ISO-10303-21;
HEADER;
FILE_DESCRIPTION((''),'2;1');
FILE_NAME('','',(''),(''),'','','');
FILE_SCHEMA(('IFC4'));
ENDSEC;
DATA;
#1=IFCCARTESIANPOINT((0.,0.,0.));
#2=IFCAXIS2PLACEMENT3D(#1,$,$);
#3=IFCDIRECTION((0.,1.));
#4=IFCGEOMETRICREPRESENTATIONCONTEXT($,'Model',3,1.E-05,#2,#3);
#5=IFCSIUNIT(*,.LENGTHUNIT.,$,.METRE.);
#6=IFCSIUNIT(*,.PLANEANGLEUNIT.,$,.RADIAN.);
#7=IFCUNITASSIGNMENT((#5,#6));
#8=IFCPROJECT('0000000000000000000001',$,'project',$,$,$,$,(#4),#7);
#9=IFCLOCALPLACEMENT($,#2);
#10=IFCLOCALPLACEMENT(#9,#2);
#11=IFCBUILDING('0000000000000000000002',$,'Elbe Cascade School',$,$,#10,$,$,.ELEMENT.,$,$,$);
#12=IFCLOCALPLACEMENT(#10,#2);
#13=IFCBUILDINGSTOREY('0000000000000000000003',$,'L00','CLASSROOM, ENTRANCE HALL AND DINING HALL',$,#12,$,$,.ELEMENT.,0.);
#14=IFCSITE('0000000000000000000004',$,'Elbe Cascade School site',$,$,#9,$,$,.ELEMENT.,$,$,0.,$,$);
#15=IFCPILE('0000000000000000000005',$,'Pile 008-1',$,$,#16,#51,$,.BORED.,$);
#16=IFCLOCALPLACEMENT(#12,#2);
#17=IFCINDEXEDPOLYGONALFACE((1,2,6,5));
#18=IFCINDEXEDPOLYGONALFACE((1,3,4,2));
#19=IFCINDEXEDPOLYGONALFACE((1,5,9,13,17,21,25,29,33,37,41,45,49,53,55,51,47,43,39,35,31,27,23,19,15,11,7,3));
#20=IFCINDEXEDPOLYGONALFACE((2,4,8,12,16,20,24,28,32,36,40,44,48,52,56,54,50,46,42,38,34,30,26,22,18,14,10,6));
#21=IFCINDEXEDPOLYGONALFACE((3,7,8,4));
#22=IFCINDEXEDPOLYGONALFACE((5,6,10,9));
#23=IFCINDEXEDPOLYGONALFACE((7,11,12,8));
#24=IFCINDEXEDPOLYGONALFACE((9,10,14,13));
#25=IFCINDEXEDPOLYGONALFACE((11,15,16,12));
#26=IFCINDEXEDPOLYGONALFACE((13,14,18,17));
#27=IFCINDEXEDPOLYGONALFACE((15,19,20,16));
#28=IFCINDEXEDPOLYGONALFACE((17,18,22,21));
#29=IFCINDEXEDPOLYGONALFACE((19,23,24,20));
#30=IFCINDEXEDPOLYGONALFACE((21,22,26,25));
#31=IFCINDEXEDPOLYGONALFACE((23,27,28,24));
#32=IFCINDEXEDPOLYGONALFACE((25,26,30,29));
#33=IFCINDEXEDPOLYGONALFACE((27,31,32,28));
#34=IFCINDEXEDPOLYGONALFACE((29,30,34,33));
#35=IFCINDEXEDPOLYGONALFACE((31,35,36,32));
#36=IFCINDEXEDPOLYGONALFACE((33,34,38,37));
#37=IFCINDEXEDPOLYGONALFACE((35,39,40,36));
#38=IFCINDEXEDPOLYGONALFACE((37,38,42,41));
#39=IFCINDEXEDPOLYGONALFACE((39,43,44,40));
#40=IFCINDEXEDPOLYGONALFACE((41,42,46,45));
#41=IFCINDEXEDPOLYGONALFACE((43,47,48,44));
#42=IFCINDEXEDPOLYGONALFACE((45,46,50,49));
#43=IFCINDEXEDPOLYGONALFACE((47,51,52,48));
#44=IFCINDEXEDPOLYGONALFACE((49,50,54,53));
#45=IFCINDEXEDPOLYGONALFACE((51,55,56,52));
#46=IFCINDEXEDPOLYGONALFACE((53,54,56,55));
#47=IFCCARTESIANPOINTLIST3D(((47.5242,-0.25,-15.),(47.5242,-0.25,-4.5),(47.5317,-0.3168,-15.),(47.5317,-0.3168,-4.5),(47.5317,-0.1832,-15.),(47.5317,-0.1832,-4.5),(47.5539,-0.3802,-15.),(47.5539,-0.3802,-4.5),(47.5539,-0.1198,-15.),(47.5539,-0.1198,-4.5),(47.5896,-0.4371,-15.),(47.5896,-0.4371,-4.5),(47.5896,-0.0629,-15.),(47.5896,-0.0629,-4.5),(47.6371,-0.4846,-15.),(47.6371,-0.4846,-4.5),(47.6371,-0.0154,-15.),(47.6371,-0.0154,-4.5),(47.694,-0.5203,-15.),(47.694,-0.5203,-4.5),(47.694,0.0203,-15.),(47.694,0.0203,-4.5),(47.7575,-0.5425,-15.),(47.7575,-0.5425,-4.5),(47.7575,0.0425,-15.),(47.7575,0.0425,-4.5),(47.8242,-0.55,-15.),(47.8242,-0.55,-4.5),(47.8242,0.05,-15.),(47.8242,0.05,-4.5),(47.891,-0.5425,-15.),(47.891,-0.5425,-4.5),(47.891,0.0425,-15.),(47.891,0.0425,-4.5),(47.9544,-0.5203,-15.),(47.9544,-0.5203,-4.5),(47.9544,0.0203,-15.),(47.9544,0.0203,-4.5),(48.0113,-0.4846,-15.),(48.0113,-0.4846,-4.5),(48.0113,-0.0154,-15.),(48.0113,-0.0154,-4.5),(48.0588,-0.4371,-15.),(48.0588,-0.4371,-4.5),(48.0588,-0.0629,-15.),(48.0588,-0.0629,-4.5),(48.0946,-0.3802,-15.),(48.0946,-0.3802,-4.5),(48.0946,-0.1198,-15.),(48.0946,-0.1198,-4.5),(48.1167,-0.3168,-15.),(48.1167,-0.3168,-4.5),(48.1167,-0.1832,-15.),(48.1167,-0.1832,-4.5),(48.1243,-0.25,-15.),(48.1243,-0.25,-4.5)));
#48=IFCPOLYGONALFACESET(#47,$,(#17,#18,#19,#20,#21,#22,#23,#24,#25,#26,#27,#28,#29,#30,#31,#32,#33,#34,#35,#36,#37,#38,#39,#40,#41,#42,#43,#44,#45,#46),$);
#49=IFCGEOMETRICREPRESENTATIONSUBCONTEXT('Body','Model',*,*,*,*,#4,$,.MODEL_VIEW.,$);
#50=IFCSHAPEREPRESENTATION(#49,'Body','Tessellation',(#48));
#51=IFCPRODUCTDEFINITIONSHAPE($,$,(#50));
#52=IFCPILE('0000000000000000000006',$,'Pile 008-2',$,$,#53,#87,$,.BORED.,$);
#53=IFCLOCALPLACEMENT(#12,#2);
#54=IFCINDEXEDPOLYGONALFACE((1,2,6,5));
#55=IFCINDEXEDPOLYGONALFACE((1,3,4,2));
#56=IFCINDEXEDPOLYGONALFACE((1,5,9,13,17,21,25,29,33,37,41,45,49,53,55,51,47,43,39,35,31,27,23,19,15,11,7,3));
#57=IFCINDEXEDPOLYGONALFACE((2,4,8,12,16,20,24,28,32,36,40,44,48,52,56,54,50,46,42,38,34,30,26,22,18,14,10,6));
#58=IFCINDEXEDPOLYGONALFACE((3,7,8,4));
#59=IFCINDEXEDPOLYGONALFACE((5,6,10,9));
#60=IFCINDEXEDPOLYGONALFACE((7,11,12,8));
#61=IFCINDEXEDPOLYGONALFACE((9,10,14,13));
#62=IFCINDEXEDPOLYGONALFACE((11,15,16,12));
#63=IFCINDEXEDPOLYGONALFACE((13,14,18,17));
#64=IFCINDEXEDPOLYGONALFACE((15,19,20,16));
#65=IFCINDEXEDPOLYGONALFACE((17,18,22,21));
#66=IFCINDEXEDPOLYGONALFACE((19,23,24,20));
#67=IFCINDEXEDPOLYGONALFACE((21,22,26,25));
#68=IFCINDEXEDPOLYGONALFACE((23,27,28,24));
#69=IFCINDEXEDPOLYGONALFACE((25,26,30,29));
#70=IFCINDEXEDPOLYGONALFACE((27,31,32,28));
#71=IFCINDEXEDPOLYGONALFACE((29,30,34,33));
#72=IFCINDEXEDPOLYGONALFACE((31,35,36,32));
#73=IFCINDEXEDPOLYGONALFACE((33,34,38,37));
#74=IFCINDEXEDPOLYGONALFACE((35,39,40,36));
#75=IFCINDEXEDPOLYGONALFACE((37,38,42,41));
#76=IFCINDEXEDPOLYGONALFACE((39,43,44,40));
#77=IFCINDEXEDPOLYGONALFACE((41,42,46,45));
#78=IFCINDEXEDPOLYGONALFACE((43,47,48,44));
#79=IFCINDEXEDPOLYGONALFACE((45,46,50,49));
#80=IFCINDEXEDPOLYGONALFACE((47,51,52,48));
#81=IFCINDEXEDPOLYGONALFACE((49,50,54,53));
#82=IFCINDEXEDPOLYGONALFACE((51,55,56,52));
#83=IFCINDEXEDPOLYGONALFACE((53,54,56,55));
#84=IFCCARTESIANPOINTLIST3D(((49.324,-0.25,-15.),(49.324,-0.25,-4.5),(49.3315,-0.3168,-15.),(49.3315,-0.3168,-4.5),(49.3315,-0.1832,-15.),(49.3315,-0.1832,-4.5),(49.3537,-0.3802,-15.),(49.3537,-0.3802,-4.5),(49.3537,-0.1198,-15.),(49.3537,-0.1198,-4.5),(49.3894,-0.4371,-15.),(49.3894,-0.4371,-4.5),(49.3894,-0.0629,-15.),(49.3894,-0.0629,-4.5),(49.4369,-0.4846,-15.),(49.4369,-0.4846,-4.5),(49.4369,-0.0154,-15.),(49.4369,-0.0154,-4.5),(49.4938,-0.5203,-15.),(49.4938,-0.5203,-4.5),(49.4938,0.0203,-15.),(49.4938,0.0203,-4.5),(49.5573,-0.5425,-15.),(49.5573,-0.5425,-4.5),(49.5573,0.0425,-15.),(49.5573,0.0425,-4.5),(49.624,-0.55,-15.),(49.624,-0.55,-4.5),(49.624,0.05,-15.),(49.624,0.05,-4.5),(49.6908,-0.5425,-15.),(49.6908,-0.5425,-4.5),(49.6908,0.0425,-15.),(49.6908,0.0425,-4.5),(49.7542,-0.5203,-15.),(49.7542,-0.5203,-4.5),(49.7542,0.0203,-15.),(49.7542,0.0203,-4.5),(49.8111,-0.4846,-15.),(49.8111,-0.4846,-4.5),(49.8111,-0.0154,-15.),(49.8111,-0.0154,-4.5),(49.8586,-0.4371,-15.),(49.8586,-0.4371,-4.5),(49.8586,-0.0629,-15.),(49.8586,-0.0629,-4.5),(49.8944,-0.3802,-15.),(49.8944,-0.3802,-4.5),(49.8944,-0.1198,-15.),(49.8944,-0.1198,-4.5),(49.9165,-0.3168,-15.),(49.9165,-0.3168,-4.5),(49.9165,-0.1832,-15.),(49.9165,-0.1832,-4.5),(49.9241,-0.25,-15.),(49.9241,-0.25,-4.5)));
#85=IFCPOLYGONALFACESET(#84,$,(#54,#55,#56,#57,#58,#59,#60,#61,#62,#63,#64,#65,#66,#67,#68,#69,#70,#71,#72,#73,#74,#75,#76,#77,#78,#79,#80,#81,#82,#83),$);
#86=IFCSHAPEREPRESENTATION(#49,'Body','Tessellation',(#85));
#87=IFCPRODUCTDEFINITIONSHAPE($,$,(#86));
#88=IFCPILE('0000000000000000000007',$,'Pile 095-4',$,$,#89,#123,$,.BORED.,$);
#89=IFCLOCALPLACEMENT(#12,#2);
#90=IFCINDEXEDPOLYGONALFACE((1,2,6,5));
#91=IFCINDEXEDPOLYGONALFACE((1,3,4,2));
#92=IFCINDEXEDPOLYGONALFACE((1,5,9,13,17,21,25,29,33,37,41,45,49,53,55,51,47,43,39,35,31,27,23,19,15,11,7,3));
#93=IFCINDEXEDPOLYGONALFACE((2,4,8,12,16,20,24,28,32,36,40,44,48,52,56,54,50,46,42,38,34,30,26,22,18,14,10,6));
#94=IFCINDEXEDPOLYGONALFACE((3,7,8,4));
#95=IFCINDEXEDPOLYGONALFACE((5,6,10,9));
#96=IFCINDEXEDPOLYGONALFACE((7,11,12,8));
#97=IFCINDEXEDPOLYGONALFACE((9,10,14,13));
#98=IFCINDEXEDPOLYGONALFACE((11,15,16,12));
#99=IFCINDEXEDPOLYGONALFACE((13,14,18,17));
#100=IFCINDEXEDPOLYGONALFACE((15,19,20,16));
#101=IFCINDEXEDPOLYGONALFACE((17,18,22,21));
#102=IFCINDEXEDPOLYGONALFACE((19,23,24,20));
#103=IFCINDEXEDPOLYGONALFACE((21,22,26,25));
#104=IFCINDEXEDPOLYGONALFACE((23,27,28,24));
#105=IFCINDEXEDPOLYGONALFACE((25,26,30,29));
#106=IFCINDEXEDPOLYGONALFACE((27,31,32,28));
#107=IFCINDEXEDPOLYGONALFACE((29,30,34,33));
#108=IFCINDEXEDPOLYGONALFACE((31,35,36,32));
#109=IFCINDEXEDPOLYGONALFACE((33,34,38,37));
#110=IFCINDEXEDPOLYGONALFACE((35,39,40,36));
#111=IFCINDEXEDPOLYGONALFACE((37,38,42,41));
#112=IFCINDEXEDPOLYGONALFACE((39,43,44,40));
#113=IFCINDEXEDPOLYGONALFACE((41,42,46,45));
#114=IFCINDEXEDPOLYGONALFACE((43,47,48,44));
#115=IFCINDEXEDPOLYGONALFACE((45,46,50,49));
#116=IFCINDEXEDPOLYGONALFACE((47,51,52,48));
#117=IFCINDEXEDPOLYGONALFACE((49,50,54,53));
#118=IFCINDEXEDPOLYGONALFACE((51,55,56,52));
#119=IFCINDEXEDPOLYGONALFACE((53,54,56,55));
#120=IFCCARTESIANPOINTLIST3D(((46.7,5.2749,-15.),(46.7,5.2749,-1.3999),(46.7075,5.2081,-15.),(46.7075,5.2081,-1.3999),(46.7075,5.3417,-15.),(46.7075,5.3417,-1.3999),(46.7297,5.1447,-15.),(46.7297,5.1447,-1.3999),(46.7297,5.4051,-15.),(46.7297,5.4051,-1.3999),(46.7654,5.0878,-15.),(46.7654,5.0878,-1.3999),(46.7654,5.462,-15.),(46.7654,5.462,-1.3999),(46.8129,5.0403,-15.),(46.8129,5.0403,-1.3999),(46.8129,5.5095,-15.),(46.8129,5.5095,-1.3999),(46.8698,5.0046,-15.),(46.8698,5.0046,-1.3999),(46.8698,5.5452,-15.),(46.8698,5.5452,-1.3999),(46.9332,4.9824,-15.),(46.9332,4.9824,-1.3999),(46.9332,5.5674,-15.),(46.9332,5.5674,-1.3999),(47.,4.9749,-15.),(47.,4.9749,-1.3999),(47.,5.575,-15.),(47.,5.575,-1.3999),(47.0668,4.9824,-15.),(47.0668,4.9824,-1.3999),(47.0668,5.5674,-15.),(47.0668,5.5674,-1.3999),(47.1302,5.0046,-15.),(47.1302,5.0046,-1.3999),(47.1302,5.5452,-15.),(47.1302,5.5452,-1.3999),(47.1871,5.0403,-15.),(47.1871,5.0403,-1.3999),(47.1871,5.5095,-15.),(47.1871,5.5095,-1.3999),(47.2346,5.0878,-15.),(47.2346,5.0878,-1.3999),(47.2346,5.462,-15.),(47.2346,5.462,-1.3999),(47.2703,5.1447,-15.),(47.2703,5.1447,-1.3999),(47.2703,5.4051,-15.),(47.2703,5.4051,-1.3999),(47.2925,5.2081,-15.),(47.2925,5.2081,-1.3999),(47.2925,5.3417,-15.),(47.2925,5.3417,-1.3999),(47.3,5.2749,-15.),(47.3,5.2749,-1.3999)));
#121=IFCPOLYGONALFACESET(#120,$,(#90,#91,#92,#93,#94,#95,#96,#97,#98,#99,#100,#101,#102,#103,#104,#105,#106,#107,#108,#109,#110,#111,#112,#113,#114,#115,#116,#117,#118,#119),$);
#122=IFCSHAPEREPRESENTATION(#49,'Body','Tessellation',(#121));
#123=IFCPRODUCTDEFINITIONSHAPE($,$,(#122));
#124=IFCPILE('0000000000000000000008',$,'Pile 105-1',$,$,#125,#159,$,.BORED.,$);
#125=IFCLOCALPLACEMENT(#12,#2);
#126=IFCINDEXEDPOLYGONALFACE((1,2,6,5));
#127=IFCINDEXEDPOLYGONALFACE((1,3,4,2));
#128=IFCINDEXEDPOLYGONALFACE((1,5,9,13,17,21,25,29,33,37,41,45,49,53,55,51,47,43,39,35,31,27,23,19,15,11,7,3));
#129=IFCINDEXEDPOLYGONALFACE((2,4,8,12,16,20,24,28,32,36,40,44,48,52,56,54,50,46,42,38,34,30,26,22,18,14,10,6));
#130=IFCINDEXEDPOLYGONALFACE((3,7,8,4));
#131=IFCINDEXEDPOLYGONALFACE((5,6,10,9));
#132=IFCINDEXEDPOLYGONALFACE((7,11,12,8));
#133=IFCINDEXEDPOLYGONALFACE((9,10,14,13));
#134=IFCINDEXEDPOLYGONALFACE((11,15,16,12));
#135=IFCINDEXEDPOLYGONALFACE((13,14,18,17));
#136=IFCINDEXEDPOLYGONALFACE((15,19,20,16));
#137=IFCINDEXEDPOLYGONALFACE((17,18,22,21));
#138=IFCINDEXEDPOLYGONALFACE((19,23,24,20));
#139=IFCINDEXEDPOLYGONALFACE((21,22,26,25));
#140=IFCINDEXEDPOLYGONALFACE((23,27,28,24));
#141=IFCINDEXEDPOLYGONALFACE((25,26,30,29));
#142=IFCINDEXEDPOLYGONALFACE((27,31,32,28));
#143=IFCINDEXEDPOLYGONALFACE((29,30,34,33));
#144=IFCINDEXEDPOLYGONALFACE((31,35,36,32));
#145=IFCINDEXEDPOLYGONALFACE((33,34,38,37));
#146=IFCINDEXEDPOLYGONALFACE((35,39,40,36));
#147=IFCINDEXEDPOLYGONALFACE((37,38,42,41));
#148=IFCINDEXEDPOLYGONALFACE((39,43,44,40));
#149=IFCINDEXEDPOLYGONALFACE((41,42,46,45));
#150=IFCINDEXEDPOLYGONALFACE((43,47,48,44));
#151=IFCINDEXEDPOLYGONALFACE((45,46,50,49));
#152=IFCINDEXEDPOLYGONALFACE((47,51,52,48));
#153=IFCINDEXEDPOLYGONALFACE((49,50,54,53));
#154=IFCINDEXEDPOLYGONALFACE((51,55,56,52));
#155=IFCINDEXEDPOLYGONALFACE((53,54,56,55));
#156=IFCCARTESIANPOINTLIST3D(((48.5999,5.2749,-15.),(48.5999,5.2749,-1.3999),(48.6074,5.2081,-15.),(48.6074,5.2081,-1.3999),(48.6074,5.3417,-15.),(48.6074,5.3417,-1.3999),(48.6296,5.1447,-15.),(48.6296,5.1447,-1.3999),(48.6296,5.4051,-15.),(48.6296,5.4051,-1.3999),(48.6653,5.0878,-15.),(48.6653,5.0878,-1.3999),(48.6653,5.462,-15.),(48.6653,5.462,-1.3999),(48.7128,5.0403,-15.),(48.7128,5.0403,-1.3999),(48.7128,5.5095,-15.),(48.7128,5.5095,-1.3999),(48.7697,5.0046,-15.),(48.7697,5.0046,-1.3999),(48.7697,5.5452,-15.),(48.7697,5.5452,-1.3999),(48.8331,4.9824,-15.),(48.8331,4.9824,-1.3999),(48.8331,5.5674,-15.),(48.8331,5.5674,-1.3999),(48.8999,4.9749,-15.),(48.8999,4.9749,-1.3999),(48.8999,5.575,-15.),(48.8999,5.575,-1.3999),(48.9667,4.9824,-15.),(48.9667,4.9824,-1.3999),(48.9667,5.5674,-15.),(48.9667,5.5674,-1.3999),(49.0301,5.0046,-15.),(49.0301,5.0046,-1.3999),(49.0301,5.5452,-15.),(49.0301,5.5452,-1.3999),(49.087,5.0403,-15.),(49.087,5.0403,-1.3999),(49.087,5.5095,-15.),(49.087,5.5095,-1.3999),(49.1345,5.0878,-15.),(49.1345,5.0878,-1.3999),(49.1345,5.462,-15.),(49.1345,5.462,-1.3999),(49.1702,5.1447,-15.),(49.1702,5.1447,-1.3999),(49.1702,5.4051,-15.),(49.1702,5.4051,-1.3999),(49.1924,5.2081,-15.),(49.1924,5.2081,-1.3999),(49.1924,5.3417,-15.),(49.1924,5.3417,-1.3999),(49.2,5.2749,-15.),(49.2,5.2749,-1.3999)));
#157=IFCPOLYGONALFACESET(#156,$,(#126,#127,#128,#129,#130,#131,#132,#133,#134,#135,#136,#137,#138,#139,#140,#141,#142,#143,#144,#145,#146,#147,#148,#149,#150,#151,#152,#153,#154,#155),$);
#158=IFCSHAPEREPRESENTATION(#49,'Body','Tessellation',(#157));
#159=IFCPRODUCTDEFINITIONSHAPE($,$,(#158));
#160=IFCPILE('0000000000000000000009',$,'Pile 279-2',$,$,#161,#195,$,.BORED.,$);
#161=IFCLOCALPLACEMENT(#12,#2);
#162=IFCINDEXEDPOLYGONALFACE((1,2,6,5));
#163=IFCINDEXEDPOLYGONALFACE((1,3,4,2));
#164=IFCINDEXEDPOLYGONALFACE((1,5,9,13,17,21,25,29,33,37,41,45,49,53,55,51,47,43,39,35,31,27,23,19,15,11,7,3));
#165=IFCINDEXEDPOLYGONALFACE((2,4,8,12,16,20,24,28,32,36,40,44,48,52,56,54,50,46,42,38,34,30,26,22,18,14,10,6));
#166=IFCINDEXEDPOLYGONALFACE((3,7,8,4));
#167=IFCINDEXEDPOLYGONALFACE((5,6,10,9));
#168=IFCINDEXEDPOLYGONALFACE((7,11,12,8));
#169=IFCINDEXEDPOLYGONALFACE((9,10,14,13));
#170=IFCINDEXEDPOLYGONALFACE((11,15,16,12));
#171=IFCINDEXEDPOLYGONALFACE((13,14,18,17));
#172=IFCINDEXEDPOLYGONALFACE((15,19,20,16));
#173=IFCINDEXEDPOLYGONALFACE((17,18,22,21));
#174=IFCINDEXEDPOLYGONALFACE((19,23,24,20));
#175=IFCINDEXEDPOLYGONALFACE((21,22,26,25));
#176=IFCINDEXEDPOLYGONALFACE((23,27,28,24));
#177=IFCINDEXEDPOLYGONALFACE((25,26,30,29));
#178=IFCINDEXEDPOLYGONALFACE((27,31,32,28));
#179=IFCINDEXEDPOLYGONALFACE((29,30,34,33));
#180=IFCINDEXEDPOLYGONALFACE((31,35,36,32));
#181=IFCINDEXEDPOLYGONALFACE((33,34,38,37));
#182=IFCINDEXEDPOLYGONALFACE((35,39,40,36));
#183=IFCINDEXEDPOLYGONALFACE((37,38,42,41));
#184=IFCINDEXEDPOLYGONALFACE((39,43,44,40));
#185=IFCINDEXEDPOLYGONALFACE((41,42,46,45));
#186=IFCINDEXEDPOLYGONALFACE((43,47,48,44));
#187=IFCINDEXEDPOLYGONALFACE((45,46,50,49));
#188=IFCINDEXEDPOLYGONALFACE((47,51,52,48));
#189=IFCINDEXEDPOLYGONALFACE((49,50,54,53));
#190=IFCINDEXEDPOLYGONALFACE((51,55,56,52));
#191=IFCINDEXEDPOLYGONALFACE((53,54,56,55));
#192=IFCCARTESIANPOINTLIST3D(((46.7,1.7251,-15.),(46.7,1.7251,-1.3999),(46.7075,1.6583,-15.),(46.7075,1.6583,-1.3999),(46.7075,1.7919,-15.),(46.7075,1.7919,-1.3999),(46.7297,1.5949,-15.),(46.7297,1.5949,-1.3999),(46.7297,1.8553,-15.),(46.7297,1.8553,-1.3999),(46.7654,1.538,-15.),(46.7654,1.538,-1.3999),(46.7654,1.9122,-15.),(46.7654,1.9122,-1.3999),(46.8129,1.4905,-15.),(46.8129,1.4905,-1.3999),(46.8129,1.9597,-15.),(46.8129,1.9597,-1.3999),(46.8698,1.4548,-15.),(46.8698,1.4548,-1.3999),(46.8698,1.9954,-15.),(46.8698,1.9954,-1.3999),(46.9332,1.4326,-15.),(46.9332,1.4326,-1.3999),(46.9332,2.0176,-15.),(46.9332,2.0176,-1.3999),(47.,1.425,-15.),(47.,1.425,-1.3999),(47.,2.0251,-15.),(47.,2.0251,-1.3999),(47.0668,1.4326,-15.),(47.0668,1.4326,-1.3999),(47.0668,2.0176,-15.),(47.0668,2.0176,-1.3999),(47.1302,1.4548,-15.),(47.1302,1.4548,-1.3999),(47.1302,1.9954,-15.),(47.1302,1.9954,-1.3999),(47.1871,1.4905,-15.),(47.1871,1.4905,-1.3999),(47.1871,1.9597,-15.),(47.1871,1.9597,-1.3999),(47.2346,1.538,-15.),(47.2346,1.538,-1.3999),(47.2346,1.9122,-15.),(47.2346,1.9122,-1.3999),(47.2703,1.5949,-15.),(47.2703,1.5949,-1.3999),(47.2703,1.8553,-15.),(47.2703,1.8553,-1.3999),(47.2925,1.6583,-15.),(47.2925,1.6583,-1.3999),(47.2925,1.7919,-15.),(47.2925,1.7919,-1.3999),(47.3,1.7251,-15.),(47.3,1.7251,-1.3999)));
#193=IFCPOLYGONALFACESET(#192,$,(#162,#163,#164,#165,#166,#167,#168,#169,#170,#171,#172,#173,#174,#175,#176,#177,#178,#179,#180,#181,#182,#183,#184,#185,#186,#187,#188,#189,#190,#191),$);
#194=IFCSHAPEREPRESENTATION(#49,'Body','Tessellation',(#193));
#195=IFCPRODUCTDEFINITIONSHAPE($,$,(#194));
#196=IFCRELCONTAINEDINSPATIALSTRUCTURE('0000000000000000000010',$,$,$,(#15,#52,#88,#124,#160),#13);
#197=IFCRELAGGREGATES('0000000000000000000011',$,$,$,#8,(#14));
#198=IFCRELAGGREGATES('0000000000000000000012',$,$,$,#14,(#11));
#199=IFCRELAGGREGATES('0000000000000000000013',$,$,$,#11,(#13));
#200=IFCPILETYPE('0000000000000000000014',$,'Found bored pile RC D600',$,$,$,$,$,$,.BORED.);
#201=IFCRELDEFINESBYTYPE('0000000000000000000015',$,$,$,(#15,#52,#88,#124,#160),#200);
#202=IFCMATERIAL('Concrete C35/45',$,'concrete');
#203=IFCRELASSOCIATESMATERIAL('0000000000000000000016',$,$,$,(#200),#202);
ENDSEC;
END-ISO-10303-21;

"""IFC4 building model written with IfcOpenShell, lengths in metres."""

from ifc_helpers import new_model, si_unit, direction, frame, origin, origin_2d, place, context, subcontext, project, spatial, circle, extrude, material, material_profile, profile_set, type_object, element, save


model = new_model("IFC4")

# Units and contexts
model_context = context("Model", 3, precision=1e-05, world=origin(), true_north=direction((0.0, 1.0)))
body_context = subcontext(model_context, "Body", "Model", "MODEL_VIEW")
ifc_project = project(units=[si_unit("LENGTHUNIT", "METRE"), si_unit("PLANEANGLEUNIT", "RADIAN")], contexts=[model_context])

# Site, building, storey
site_placement = place(None, origin())
site = spatial("IfcSite", under=ifc_project, at=site_placement, Name="Elbe Cascade School site", CompositionType="ELEMENT", RefElevation=0.0)
building_placement = place(site_placement, origin())
building = spatial("IfcBuilding", under=site, at=building_placement, Name="Elbe Cascade School", CompositionType="ELEMENT")
storey_placement = place(building_placement, origin())
storey = spatial("IfcBuildingStorey", under=building, at=storey_placement, Name="L00", Description="CLASSROOM, ENTRANCE HALL AND DINING HALL", CompositionType="ELEMENT", Elevation=0.0)

# Piles
ifc_material_1 = material(Name="Concrete C35/45", Category="concrete")
ifc_material_profile_1 = material_profile(ifc_material_1, circle(Radius=0.3, at=origin_2d()), Name="RC D600")
ifc_profile_set_1 = profile_set([ifc_material_profile_1], Name="Concrete C35/45")
pile_type = type_object("IfcPileType", Name="Found bored pile RC D600", PredefinedType="BORED", material=ifc_profile_set_1)
for number, where, z_axis, x_axis, name in (
    (1, (47.8242, -0.25, -4.5), (0.0, 0.0, -1.0), (1.0, 0.0, 0.0), "Pile 008-1"),
    (2, (49.624, -0.25, -4.5), (0.0, 0.0, -1.0), (1.0, 0.0, 0.0), "Pile 008-2"),
):
    element("IfcPile", number, at=place(storey_placement, frame(where, z_axis=z_axis, x_axis=x_axis)), inside=storey, type_object=pile_type, Name=name, PredefinedType="BORED", context=body_context, shape_type="SweptSolid", body=[
        extrude(circle(Radius=0.3, at=origin_2d()), origin(), (0.0, 0.0, 1.0), 10.5),
    ])
for number, where, z_axis, x_axis, name in (
    (3, (47.0, 5.2749, -1.3999), (0.0, 0.0, -1.0), (1.0, 0.0, 0.0), "Pile 095-4"),
    (4, (48.8999, 5.2749, -1.3999), (0.0, 0.0, -1.0), (1.0, 0.0, 0.0), "Pile 105-1"),
    (5, (47.0, 1.7251, -1.3999), (0.0, 0.0, -1.0), (1.0, 0.0, 0.0), "Pile 279-2"),
):
    element("IfcPile", number, at=place(storey_placement, frame(where, z_axis=z_axis, x_axis=x_axis)), inside=storey, type_object=pile_type, Name=name, PredefinedType="BORED", context=body_context, shape_type="SweptSolid", body=[
        extrude(circle(Radius=0.3, at=origin_2d()), origin(), (0.0, 0.0, 1.0), 13.6001),
    ])

save(model, "model.ifc")
